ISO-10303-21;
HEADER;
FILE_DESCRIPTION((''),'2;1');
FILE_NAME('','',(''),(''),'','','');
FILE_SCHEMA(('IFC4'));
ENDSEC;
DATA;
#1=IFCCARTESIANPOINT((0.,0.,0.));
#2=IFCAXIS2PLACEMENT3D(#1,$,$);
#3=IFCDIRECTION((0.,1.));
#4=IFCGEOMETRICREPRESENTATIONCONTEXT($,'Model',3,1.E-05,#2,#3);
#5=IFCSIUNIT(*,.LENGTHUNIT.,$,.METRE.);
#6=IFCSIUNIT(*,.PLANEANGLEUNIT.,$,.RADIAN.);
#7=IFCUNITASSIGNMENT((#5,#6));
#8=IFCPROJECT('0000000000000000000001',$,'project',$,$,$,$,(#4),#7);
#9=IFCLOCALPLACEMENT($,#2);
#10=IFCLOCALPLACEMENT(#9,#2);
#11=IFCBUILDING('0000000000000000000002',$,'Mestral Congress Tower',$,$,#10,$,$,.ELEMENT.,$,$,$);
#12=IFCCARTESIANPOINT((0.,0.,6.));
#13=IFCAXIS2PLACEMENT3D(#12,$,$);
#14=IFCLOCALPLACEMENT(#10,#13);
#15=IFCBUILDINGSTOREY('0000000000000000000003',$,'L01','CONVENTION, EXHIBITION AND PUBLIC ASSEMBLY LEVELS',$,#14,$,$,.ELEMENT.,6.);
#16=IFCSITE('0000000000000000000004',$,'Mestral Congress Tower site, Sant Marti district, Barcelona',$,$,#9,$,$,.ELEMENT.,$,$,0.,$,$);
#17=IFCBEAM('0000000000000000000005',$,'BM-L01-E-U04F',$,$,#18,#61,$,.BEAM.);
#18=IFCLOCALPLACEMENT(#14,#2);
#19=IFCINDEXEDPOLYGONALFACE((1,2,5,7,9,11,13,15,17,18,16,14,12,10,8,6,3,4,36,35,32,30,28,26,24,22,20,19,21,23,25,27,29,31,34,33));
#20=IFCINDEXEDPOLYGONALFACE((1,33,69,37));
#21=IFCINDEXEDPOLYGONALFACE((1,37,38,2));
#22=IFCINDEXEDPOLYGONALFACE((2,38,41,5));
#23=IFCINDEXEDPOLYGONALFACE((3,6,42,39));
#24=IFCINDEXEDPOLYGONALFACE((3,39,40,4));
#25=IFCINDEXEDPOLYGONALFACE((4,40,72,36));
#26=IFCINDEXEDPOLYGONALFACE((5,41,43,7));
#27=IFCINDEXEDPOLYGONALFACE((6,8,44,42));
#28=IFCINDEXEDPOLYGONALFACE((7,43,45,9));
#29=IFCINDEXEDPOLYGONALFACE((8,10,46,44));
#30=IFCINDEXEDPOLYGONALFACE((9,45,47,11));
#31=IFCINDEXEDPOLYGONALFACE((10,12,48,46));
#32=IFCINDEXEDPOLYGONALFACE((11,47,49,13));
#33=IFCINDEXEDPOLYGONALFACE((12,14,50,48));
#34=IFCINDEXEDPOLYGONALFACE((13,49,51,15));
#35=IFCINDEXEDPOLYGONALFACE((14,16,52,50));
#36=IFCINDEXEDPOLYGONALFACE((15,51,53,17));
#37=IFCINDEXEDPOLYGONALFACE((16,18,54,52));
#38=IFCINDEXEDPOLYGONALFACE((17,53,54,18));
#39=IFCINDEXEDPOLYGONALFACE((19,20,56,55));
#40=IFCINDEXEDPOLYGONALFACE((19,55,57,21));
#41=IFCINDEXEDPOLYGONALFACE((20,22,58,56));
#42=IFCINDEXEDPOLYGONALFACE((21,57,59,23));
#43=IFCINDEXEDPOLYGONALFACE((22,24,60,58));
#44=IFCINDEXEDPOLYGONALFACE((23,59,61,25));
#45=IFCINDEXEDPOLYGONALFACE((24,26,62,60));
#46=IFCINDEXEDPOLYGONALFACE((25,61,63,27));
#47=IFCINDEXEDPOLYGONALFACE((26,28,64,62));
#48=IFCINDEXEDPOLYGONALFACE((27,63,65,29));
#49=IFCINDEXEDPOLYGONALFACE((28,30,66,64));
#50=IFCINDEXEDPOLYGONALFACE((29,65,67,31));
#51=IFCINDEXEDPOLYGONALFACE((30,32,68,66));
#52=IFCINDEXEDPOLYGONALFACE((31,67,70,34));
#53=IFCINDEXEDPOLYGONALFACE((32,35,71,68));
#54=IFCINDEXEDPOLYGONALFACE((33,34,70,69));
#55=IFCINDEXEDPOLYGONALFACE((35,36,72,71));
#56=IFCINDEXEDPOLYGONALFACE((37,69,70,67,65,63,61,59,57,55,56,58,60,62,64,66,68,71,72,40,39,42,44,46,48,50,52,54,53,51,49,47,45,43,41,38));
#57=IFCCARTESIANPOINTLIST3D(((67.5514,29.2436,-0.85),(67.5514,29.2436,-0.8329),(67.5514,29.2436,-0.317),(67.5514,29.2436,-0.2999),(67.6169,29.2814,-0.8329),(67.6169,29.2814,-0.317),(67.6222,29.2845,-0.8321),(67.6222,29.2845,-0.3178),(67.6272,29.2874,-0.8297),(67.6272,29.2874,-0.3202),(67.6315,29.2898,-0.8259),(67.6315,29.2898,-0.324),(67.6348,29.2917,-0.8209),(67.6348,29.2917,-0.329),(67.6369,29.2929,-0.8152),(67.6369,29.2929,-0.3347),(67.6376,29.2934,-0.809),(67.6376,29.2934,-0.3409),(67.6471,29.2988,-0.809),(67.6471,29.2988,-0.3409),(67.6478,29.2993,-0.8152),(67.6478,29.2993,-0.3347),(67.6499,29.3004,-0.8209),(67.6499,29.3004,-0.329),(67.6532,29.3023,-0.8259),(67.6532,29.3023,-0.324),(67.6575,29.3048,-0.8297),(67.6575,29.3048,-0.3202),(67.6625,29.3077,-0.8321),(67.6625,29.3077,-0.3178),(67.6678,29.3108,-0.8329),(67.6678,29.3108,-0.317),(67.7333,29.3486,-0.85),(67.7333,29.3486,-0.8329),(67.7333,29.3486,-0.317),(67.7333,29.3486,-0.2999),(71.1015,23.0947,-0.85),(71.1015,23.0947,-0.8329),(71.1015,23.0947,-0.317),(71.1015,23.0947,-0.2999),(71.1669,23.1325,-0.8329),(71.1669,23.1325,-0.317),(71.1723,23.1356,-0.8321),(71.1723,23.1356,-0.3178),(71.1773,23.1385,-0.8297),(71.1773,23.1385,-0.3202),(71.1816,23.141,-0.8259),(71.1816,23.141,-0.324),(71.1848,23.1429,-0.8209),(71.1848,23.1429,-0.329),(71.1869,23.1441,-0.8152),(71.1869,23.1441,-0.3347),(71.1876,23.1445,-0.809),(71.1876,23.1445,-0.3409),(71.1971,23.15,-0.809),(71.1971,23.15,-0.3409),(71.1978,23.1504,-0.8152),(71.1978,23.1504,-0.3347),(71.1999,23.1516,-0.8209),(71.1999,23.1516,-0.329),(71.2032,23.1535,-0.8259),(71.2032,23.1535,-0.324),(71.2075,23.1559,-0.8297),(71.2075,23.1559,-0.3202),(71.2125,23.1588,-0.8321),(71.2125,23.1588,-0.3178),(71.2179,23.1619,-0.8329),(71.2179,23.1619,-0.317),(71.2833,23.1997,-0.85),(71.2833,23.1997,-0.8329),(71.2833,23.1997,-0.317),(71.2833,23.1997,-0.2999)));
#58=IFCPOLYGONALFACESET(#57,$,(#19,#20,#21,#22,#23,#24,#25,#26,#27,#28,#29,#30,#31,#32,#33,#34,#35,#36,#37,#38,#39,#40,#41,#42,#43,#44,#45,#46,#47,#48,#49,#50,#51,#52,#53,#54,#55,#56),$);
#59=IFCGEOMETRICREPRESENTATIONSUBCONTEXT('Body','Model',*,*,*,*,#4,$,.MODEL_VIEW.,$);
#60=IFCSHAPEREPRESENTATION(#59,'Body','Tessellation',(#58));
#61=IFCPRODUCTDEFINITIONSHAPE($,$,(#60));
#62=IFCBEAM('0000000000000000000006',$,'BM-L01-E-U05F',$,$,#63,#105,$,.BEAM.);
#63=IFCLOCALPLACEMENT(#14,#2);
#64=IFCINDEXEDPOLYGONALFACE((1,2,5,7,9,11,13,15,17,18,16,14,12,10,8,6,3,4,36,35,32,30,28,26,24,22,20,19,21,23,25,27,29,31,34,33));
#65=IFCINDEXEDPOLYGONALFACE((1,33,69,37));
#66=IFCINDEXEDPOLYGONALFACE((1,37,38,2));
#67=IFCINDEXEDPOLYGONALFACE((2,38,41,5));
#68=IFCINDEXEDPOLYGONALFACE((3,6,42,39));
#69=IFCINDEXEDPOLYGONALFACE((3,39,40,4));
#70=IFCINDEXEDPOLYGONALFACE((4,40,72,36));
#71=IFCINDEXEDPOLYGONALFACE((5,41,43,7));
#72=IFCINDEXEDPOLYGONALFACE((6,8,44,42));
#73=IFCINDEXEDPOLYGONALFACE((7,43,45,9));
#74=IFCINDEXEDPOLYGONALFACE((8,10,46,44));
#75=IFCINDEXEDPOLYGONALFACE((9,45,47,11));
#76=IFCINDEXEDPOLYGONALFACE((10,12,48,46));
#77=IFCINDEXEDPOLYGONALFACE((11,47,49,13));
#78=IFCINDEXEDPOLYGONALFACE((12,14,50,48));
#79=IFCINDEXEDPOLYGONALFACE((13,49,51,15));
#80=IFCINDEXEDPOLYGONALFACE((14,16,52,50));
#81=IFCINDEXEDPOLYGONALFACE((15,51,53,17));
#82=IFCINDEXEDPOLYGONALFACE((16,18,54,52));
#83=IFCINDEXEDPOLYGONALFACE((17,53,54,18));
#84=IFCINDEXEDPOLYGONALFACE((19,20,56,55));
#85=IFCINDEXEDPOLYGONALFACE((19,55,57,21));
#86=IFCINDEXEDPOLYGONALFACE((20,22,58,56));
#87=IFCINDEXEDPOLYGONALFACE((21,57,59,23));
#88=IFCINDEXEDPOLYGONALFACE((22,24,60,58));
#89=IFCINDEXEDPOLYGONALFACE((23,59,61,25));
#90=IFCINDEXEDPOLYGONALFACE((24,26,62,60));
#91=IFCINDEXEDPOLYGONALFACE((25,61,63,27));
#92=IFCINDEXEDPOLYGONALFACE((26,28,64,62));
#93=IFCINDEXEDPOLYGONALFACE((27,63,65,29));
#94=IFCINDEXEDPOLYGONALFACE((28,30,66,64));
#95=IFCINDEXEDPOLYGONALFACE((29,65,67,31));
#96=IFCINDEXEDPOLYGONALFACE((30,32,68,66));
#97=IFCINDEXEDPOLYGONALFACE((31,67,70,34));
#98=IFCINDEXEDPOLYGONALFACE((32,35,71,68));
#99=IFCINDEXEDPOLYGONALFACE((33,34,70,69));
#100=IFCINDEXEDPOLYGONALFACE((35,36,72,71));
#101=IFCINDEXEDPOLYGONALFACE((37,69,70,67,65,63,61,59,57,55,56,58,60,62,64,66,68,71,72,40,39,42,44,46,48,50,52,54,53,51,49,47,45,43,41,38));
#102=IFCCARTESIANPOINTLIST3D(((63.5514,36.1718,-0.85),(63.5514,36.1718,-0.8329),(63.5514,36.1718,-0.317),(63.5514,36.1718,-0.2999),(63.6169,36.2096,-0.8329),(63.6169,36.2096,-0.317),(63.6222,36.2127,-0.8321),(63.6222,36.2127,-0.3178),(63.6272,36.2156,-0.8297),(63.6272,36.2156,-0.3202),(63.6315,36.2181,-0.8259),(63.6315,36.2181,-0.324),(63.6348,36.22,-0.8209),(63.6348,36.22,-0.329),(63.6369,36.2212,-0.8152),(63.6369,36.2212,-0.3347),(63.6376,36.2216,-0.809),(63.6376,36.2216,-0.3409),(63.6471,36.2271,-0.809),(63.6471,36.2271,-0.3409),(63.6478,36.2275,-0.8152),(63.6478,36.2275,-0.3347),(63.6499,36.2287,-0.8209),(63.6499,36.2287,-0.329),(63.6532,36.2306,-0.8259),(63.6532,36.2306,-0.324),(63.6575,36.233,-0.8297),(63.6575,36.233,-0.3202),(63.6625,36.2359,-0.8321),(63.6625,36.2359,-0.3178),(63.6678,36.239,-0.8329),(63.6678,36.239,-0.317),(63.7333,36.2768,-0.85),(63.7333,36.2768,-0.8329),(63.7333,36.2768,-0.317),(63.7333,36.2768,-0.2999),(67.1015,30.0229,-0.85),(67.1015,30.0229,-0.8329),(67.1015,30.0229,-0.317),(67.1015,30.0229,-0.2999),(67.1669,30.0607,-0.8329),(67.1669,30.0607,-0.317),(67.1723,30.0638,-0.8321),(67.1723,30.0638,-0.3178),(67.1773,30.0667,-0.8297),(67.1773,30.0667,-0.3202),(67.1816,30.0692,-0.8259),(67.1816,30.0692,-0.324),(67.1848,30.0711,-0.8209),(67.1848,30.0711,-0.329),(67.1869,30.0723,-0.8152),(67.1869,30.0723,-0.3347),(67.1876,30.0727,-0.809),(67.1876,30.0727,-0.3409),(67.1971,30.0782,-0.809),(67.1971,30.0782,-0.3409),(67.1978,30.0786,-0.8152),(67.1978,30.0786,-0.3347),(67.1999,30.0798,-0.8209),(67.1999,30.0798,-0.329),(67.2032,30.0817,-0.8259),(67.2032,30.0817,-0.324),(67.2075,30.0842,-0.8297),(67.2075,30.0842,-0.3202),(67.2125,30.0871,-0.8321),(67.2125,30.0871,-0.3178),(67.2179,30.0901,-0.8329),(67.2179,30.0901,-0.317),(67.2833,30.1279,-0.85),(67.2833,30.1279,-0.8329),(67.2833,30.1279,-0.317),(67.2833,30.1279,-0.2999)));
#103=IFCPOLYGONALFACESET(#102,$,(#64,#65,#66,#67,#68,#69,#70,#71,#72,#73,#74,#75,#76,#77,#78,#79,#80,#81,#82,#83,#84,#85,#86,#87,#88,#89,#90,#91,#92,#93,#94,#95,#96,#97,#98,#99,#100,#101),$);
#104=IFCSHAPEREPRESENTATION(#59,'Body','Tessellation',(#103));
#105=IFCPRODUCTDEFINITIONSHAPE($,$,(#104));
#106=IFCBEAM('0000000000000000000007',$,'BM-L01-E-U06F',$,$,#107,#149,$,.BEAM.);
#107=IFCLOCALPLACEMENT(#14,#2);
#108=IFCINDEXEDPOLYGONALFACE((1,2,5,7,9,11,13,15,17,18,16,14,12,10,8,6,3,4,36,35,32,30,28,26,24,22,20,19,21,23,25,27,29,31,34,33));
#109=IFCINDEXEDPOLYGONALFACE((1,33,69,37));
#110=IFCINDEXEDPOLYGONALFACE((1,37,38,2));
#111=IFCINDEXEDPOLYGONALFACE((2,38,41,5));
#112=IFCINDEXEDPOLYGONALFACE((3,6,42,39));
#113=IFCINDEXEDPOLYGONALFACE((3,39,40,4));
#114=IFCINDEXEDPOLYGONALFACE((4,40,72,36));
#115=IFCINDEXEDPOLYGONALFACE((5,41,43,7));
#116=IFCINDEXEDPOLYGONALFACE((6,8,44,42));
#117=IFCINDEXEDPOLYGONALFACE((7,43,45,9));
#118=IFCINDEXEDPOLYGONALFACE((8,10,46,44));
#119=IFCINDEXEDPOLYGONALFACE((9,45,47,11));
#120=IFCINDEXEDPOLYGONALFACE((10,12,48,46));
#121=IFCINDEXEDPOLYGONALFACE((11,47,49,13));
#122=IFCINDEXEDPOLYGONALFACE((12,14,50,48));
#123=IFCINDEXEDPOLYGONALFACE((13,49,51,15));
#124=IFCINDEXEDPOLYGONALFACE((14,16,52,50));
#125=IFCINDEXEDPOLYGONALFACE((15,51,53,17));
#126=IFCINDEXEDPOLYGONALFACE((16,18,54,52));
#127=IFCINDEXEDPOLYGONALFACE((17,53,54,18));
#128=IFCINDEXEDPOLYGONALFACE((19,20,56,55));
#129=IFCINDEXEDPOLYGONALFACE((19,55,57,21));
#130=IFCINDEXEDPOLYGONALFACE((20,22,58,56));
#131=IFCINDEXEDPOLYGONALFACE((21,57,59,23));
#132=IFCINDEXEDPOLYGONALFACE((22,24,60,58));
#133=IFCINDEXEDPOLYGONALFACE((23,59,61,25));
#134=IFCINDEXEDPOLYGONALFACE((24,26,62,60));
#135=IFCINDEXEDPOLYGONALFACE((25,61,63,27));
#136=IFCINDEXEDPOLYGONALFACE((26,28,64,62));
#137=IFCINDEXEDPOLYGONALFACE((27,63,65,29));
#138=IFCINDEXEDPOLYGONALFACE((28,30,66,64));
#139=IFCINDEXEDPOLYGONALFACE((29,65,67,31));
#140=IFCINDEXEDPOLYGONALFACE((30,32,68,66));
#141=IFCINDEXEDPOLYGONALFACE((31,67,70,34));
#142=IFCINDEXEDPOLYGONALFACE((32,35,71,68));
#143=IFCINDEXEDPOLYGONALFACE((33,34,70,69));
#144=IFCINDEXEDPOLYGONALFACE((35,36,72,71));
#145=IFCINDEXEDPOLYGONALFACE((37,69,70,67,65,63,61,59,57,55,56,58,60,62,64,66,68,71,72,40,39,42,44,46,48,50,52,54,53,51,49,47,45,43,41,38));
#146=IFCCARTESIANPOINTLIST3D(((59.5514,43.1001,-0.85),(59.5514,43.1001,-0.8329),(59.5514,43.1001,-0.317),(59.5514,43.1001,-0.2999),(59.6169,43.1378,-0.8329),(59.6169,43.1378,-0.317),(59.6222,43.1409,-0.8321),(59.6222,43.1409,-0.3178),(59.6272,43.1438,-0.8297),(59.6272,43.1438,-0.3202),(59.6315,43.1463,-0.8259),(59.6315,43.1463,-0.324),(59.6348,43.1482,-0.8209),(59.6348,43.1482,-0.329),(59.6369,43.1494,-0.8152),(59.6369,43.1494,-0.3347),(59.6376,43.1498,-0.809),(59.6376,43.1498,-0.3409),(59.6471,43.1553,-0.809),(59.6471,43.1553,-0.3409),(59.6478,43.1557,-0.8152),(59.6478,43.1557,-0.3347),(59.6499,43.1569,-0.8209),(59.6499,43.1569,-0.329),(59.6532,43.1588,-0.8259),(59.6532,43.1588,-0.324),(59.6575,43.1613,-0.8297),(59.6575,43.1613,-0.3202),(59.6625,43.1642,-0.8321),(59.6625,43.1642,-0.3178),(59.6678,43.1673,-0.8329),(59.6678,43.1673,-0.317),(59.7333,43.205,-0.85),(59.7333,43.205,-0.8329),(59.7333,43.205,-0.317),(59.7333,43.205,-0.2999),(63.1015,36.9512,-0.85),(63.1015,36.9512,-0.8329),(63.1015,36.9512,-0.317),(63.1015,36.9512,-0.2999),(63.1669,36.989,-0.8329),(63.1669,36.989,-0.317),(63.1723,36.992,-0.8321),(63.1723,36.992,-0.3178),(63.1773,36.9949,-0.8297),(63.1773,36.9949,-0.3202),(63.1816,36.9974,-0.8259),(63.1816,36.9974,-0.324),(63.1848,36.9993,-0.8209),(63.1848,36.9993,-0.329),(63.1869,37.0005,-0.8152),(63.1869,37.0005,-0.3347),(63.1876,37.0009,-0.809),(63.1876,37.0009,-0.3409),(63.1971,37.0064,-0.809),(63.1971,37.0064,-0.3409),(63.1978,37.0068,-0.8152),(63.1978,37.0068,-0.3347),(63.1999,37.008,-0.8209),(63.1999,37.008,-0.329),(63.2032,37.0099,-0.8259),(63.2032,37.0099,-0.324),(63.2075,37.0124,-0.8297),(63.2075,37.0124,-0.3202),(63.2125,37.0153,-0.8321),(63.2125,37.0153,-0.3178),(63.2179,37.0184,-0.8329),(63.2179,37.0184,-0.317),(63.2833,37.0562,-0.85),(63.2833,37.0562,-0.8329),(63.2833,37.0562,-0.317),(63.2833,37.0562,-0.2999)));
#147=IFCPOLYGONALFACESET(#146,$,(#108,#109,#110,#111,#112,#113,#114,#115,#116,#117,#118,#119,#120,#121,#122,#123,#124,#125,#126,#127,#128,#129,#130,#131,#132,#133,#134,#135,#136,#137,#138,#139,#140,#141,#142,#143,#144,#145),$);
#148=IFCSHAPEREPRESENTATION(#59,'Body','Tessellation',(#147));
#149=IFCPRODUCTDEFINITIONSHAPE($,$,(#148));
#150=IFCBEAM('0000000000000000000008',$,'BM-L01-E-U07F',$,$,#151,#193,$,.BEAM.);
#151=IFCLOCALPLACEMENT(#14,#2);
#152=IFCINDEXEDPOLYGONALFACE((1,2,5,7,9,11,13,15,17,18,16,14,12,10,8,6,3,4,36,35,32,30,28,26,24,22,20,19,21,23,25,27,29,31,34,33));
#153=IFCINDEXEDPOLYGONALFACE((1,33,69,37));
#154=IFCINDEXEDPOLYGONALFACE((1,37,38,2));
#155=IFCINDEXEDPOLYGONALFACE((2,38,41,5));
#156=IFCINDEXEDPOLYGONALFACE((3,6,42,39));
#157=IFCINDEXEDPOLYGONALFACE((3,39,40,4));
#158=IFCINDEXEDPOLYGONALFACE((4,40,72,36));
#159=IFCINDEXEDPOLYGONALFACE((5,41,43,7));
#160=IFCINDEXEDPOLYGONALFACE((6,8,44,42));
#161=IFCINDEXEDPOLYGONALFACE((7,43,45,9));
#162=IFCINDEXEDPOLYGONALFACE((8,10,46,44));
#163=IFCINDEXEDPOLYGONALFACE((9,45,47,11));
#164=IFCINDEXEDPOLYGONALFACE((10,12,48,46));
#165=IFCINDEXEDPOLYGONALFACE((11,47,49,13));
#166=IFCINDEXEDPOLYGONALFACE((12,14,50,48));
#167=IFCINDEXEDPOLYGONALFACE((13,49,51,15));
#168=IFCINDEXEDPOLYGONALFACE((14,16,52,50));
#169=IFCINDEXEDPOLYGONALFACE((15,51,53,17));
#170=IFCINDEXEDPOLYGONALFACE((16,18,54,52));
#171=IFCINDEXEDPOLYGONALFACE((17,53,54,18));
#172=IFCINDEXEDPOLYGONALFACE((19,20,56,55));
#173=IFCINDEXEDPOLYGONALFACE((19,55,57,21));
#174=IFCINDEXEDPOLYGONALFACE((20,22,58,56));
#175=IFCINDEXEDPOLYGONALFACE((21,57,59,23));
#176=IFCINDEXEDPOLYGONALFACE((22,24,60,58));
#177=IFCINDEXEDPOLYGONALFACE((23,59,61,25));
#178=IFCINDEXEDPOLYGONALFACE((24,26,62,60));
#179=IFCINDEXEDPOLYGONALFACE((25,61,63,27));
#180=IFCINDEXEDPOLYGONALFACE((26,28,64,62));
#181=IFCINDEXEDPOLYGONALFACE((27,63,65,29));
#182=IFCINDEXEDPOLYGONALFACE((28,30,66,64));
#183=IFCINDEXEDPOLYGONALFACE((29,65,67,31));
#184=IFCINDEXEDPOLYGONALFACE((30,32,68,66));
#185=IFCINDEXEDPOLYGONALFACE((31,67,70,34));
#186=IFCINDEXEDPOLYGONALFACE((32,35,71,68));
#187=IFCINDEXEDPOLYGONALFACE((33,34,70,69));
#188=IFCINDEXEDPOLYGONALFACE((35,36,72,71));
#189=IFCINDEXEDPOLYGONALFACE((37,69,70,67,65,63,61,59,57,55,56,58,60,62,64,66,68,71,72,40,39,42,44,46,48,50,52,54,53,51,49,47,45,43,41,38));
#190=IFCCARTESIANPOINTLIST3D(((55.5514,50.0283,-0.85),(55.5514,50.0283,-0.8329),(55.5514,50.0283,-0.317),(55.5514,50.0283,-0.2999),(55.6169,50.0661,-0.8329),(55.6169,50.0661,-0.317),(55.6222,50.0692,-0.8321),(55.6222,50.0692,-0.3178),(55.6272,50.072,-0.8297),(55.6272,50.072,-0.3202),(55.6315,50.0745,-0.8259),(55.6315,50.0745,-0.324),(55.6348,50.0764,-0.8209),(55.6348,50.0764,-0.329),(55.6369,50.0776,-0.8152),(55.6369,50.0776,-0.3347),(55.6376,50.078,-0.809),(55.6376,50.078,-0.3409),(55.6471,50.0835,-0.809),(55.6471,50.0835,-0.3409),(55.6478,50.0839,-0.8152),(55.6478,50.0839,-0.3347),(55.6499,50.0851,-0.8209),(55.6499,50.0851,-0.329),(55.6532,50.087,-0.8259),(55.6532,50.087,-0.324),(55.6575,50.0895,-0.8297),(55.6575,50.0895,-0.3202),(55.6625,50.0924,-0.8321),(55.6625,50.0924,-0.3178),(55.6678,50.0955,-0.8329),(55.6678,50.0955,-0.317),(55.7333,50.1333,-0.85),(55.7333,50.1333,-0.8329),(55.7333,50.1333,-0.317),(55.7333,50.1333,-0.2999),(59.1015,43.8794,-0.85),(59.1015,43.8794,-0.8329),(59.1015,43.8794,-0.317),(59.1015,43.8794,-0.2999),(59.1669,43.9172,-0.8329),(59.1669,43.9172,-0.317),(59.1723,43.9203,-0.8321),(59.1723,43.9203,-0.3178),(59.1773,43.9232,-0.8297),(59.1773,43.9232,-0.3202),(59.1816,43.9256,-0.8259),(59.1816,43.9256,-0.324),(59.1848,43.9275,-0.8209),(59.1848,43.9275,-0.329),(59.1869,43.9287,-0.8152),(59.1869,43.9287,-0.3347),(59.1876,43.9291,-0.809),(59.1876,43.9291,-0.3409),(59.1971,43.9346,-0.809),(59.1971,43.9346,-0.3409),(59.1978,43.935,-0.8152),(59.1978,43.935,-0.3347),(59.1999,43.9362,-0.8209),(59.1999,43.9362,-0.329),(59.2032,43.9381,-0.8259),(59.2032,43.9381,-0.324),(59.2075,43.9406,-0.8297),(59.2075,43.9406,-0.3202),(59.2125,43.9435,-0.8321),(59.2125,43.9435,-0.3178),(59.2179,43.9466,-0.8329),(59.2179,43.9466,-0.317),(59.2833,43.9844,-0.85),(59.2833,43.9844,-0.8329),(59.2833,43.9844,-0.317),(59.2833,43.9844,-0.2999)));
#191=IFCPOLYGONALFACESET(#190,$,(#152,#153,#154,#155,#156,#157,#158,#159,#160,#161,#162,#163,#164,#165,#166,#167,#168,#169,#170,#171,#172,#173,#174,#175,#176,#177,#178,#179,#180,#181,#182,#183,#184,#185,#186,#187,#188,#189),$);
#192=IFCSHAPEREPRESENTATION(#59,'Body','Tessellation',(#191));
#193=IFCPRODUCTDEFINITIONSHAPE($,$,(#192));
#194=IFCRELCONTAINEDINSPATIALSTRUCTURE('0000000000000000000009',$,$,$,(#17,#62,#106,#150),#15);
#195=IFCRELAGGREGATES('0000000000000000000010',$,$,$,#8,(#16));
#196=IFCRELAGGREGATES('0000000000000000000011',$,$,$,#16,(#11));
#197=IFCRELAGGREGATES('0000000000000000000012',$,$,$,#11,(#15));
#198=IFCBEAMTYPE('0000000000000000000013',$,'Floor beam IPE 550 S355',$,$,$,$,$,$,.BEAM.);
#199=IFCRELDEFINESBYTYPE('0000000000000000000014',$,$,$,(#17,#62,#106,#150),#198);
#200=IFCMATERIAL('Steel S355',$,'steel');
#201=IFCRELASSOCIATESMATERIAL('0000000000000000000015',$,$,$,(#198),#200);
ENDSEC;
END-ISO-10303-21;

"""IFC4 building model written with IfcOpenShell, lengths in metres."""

from ifc_helpers import new_model, si_unit, direction, frame, origin, origin_2d, place, context, subcontext, project, spatial, i_section, extrude, material, material_profile, profile_set, type_object, element, save


model = new_model("IFC4")

# Units and contexts
model_context = context("Model", 3, precision=1e-05, world=origin(), true_north=direction((0.0, 1.0)))
body_context = subcontext(model_context, "Body", "Model", "MODEL_VIEW")
ifc_project = project(units=[si_unit("LENGTHUNIT", "METRE"), si_unit("PLANEANGLEUNIT", "RADIAN")], contexts=[model_context])

# Site, building, storey
site_placement = place(None, origin())
site = spatial("IfcSite", under=ifc_project, at=site_placement, Name="Mestral Congress Tower site, Sant Marti district, Barcelona", CompositionType="ELEMENT", RefElevation=0.0)
building_placement = place(site_placement, origin())
building = spatial("IfcBuilding", under=site, at=building_placement, Name="Mestral Congress Tower", CompositionType="ELEMENT")
storey_placement = place(building_placement, frame((0.0, 0.0, 6.0)))
storey = spatial("IfcBuildingStorey", under=building, at=storey_placement, Name="L01", Description="CONVENTION, EXHIBITION AND PUBLIC ASSEMBLY LEVELS", CompositionType="ELEMENT", Elevation=6.0)

# Beams
ifc_material_1 = material(Name="Steel S355", Category="steel")
ifc_material_profile_1 = material_profile(ifc_material_1, i_section(OverallWidth=0.21, OverallDepth=0.55, WebThickness=0.011, FlangeThickness=0.0171, FilletRadius=0.0239, at=origin_2d()), Name="IPE 550")
ifc_profile_set_1 = profile_set([ifc_material_profile_1], Name="Steel S355")
beam_type_1 = type_object("IfcBeamType", Name="Floor beam IPE 550 S355", PredefinedType="BEAM", material=ifc_profile_set_1)
for number, where, z_axis, x_axis, name in (
    (1, (71.1924, 23.1472, -0.575), (-0.499996, 0.866028, 0.0), (-0.866028, -0.499996, 0.0), "BM-L01-E-U04F"),
    (2, (67.1924, 30.0754, -0.575), (-0.499996, 0.866028, 0.0), (-0.866028, -0.499996, 0.0), "BM-L01-E-U05F"),
    (3, (63.1924, 37.0037, -0.575), (-0.499996, 0.866028, 0.0), (-0.866028, -0.499996, 0.0), "BM-L01-E-U06F"),
    (4, (59.1924, 43.9319, -0.575), (-0.499996, 0.866028, 0.0), (-0.866028, -0.499996, 0.0), "BM-L01-E-U07F"),
):
    element("IfcBeam", number, at=place(storey_placement, frame(where, z_axis=z_axis, x_axis=x_axis)), inside=storey, type_object=beam_type_1, Name=name, PredefinedType="BEAM", context=body_context, shape_type="SweptSolid", body=[
        extrude(i_section(OverallWidth=0.21, OverallDepth=0.55, WebThickness=0.011, FlangeThickness=0.0171, FilletRadius=0.0239, at=origin_2d()), origin(), (0.0, 0.0, 1.0), 7.1001),
    ])

save(model, "model.ifc")
